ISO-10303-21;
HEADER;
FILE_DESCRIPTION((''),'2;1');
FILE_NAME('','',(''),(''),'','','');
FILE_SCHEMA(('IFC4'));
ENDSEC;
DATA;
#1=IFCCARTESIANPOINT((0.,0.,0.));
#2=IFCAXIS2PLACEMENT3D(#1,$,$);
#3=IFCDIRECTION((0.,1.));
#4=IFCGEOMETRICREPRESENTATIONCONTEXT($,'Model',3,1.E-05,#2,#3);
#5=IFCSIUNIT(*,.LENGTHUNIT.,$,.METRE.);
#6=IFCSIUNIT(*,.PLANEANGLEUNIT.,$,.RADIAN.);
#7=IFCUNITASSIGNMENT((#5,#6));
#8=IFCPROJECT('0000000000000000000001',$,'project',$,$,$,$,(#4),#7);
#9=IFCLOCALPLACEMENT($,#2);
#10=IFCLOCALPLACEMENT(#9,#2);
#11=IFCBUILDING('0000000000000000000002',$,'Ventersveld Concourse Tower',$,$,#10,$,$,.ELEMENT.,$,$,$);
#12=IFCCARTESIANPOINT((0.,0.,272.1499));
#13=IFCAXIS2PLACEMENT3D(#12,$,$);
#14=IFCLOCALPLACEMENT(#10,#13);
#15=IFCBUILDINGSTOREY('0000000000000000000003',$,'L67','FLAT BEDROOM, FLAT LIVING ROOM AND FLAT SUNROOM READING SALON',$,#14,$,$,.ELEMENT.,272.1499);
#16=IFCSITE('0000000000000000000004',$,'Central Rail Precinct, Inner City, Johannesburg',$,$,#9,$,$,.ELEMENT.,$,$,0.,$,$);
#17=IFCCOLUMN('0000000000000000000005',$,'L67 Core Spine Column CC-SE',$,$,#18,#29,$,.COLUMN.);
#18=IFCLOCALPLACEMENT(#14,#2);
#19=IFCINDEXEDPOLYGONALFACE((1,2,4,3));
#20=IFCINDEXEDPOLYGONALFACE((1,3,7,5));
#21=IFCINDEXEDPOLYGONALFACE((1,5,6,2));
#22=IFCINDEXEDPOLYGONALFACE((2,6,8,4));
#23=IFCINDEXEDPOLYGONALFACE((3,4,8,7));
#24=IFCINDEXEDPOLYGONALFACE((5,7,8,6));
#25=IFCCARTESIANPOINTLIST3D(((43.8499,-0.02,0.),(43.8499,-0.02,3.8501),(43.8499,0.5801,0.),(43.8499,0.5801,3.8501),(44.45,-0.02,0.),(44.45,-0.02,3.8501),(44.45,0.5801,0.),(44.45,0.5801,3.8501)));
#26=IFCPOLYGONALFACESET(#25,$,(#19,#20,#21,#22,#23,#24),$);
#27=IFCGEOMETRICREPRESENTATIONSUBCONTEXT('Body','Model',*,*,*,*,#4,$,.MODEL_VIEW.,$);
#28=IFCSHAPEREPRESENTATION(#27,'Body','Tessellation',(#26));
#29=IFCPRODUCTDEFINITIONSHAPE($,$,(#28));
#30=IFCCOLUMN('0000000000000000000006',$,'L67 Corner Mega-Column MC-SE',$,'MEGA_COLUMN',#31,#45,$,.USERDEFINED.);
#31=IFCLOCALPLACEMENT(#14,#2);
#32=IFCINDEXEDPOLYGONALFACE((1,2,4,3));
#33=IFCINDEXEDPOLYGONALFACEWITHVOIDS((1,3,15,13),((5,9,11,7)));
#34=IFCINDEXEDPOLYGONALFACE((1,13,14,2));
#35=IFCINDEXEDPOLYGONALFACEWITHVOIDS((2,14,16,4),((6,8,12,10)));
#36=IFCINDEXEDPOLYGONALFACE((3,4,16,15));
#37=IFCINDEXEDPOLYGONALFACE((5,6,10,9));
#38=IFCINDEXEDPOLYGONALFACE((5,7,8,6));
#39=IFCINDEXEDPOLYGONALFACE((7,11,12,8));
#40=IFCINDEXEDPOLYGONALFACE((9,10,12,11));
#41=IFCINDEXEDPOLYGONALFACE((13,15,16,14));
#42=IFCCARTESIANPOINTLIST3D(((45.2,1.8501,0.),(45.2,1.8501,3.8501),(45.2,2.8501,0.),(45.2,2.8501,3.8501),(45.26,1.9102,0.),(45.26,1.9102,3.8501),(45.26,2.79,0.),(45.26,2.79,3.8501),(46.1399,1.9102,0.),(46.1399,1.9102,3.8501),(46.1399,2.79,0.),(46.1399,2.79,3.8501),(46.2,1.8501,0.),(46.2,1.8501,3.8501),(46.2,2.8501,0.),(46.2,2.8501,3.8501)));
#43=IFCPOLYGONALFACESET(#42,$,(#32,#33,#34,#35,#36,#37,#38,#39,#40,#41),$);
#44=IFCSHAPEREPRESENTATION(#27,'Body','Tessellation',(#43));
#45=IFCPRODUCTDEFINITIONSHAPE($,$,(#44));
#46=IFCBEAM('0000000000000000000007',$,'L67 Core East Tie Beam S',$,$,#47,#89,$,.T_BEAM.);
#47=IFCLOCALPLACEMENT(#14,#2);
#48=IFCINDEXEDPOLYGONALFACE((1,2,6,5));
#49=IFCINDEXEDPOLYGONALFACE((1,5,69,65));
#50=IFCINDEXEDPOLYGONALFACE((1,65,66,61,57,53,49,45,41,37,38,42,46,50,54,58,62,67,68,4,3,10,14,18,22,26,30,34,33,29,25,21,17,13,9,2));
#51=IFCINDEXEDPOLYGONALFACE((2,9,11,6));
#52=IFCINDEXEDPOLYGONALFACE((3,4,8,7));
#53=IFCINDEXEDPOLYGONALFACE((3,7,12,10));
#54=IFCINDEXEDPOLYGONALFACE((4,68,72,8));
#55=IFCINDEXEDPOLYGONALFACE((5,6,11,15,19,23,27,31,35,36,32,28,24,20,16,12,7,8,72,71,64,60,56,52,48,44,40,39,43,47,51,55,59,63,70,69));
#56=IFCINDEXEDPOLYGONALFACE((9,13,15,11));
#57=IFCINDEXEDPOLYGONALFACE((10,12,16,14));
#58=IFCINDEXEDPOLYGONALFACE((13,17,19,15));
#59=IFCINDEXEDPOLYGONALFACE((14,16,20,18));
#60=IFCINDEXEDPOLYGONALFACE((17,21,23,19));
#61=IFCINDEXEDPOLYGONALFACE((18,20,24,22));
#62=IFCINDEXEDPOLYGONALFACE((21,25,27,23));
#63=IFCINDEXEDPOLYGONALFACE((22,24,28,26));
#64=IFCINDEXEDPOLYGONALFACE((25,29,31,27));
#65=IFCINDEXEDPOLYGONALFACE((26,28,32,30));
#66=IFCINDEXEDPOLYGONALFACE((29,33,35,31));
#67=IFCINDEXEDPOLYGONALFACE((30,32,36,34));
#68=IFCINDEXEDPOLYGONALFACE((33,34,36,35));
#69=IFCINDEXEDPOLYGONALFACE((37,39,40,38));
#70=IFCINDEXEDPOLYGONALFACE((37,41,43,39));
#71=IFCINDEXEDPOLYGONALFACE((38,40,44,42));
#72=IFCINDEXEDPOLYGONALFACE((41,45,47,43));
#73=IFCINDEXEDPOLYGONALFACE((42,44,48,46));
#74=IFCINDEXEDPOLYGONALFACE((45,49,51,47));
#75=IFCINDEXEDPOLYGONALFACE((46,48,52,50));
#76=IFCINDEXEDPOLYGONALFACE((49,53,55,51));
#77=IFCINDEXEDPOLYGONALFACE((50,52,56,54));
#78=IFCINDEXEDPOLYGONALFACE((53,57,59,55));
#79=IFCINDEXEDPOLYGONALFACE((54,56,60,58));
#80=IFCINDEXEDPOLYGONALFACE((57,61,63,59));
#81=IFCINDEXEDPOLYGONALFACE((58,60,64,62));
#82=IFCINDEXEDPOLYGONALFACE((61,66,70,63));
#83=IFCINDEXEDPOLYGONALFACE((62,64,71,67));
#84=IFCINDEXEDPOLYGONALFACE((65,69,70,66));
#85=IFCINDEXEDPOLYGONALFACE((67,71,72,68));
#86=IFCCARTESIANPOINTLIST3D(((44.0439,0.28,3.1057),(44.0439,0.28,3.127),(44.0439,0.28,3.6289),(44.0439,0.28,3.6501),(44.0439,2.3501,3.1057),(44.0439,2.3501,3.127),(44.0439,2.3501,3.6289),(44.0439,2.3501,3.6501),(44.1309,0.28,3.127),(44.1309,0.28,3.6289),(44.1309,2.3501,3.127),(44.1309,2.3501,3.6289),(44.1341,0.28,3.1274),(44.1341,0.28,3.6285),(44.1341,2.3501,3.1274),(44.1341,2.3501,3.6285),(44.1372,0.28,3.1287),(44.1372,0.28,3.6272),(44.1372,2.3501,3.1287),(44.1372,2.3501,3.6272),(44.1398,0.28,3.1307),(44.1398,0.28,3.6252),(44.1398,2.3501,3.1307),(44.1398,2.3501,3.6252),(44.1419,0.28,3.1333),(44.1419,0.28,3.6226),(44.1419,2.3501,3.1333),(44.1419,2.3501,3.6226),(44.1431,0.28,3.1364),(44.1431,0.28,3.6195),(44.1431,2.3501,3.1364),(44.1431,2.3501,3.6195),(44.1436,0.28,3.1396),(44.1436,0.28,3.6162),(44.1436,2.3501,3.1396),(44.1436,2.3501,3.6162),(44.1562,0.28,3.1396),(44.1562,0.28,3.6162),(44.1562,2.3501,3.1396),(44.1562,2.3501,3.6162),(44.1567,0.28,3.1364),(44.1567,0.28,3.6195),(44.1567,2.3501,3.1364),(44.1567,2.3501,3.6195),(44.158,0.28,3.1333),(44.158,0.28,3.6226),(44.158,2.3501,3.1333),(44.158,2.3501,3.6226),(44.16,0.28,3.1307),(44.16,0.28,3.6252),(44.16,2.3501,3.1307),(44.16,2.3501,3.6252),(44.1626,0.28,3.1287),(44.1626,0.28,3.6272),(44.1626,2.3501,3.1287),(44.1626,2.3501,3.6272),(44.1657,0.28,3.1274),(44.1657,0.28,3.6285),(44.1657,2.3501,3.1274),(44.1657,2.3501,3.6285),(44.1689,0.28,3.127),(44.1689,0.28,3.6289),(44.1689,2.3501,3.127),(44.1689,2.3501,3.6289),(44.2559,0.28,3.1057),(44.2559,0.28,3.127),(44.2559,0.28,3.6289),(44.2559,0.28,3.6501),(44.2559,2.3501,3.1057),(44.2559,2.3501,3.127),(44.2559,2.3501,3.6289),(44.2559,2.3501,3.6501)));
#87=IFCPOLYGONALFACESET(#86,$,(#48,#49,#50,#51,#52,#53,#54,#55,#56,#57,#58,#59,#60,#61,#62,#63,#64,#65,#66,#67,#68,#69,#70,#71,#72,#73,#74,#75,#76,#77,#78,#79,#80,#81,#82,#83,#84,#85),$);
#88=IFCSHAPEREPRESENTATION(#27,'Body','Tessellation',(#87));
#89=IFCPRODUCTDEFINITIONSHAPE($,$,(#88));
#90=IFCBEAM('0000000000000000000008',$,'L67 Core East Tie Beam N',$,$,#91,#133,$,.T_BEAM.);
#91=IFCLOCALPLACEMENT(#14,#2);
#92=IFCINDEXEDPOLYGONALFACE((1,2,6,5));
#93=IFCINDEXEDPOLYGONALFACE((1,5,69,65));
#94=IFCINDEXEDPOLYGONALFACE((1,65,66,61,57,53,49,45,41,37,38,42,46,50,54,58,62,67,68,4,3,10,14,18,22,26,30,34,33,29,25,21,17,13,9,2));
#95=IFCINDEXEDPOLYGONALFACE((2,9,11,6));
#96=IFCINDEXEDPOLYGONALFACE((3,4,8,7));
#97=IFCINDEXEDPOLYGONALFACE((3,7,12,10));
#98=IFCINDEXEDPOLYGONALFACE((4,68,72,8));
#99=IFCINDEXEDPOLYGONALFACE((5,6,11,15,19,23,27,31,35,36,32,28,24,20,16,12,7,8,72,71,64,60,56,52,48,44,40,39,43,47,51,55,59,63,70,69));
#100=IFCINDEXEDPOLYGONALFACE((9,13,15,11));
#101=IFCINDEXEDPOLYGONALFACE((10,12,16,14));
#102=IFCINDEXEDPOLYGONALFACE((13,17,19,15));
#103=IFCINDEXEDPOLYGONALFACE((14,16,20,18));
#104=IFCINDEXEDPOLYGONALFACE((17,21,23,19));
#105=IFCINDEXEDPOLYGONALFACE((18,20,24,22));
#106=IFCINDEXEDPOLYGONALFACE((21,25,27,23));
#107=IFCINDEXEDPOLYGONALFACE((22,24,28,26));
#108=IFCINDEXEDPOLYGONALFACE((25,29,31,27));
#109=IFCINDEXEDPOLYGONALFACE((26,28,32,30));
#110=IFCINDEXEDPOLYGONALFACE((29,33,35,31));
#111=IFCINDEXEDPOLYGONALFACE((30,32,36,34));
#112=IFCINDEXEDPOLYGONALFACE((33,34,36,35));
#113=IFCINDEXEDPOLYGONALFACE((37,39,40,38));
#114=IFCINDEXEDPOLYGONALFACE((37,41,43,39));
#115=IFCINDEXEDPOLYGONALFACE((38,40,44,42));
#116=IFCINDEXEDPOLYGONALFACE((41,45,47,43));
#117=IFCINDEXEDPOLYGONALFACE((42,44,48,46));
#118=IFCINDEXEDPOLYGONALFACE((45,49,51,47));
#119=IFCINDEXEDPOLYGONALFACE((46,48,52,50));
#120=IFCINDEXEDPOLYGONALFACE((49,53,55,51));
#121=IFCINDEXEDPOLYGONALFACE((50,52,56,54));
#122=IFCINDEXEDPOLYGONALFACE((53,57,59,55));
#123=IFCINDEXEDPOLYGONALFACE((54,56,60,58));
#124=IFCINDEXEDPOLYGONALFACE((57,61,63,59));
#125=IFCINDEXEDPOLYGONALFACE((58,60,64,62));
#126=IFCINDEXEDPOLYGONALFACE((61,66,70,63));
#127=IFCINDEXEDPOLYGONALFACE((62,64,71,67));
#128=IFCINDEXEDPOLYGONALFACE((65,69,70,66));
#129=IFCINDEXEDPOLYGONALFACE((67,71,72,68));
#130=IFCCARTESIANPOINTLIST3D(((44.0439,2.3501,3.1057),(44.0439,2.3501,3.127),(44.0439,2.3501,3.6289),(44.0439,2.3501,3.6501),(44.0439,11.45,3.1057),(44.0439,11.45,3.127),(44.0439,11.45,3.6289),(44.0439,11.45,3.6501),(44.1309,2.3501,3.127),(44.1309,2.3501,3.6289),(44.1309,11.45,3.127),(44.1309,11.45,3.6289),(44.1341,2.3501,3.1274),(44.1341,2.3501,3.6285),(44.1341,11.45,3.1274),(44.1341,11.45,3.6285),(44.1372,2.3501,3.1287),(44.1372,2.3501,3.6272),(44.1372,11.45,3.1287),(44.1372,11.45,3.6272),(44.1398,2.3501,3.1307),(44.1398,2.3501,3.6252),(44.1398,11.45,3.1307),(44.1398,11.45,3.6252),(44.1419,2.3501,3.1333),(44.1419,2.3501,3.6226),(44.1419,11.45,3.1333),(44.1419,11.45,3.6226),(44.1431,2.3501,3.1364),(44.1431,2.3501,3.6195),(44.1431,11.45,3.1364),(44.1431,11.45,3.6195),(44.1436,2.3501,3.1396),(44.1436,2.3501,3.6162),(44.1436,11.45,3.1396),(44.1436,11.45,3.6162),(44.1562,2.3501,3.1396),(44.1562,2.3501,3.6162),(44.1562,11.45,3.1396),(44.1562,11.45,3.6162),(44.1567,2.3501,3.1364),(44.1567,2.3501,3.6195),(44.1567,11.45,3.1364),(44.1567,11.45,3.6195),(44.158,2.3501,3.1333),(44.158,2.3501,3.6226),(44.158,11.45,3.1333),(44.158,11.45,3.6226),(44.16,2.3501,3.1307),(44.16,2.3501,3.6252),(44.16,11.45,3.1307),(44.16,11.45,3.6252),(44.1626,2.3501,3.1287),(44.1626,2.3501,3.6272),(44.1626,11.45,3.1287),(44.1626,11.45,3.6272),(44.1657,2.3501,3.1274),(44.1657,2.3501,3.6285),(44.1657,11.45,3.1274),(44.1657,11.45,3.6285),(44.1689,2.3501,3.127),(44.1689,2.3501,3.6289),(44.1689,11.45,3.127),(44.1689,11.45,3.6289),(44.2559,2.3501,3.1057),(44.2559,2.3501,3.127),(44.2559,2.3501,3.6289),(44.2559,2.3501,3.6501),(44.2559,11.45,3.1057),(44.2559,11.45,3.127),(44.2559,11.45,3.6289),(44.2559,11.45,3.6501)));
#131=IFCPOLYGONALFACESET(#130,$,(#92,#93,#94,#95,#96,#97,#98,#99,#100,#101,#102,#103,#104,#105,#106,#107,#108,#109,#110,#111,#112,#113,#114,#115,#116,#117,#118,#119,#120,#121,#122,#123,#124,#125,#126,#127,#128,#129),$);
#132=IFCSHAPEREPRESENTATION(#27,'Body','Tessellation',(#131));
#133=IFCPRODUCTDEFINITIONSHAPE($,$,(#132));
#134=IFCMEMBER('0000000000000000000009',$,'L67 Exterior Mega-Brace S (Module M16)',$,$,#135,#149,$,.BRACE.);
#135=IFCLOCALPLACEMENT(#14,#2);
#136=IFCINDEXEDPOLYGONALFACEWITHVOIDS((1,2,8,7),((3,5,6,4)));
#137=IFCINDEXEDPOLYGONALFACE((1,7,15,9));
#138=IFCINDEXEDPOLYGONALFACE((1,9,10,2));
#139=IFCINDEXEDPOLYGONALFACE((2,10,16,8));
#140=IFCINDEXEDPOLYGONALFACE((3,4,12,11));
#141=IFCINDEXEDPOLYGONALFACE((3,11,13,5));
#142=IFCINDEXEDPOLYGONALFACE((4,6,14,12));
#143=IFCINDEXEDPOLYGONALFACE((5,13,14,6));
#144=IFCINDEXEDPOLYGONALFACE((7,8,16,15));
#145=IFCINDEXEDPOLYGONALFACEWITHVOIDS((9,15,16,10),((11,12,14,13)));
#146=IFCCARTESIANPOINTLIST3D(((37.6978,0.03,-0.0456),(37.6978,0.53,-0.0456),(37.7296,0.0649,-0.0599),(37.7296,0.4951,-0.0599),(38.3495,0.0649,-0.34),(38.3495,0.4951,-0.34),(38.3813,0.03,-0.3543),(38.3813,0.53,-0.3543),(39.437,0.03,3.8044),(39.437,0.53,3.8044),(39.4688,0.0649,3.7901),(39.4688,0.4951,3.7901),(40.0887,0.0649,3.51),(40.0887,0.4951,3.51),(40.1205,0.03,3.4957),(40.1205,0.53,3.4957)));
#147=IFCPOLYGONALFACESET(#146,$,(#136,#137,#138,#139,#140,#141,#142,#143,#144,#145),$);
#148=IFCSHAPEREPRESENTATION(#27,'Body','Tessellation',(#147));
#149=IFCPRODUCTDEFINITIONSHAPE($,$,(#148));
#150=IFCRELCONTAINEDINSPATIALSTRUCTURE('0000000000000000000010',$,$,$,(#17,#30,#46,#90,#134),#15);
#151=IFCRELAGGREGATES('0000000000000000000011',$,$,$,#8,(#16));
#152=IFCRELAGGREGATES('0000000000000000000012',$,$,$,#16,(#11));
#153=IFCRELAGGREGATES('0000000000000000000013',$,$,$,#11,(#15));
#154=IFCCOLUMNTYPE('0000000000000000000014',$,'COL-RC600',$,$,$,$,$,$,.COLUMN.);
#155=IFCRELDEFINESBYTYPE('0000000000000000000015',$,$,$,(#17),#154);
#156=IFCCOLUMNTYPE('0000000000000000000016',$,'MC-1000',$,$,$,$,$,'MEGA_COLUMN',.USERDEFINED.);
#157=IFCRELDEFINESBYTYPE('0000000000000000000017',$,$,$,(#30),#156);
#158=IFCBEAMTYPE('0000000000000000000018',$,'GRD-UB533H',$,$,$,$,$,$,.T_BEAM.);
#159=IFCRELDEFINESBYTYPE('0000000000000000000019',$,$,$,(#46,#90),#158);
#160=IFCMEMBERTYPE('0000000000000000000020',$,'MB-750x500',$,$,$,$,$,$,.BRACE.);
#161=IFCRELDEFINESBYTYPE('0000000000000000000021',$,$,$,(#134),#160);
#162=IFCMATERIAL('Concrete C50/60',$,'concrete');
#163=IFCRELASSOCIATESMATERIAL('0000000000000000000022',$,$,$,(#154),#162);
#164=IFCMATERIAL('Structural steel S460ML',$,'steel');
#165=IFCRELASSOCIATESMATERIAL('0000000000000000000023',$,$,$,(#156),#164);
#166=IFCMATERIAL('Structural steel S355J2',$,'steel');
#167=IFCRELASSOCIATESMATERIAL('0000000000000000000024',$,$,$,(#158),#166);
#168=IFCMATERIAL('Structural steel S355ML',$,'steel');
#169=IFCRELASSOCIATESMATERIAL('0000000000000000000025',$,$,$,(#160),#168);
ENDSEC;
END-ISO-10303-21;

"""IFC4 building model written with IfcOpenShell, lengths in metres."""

from ifc_helpers import new_model, si_unit, direction, frame, origin, origin_2d, place, context, subcontext, project, spatial, rectangle, hollow_rectangle, i_section, extrude, material, material_profile, profile_set, type_object, element, save


model = new_model("IFC4")

# Units and contexts
model_context = context("Model", 3, precision=1e-05, world=origin(), true_north=direction((0.0, 1.0)))
body_context = subcontext(model_context, "Body", "Model", "MODEL_VIEW")
ifc_project = project(units=[si_unit("LENGTHUNIT", "METRE"), si_unit("PLANEANGLEUNIT", "RADIAN")], contexts=[model_context])

# Site, building, storey
site_placement = place(None, origin())
site = spatial("IfcSite", under=ifc_project, at=site_placement, Name="Central Rail Precinct, Inner City, Johannesburg", CompositionType="ELEMENT", RefElevation=0.0)
building_placement = place(site_placement, origin())
building = spatial("IfcBuilding", under=site, at=building_placement, Name="Ventersveld Concourse Tower", CompositionType="ELEMENT")
storey_placement = place(building_placement, frame((0.0, 0.0, 272.1499)))
storey = spatial("IfcBuildingStorey", under=building, at=storey_placement, Name="L67", Description="FLAT BEDROOM, FLAT LIVING ROOM AND FLAT SUNROOM READING SALON", CompositionType="ELEMENT", Elevation=272.1499)

# Columns
ifc_material_1 = material(Name="Concrete C50/60", Category="concrete")
ifc_material_profile_1 = material_profile(ifc_material_1, rectangle(XDim=0.6001, YDim=0.6001, at=origin_2d()), Name="RC 600x600")
ifc_profile_set_1 = profile_set([ifc_material_profile_1], Name="Concrete C50/60")
column_type_1 = type_object("IfcColumnType", Name="COL-RC600", PredefinedType="COLUMN", material=ifc_profile_set_1)
column_1_placement = place(storey_placement, frame((44.1499, 0.28, 0.0), z_axis=(0.0, 0.0, 1.0), x_axis=(1.0, 0.0, 0.0)))
element("IfcColumn", 1, at=column_1_placement, inside=storey, type_object=column_type_1, Name="L67 Core Spine Column CC-SE", PredefinedType="COLUMN", context=body_context, shape_type="SweptSolid", body=[
    extrude(rectangle(XDim=0.6001, YDim=0.6001, at=origin_2d()), origin(), (0.0, 0.0, 1.0), 3.8501),
])
ifc_material_2 = material(Name="Structural steel S460ML", Category="steel")
ifc_material_profile_2 = material_profile(ifc_material_2, hollow_rectangle(XDim=1.0, YDim=1.0, WallThickness=0.0601, at=origin_2d()), Name="BOX 1000x1000x60")
ifc_profile_set_2 = profile_set([ifc_material_profile_2], Name="Structural steel S460ML")
column_type_2 = type_object("IfcColumnType", Name="MC-1000", ElementType="MEGA_COLUMN", PredefinedType="USERDEFINED", material=ifc_profile_set_2)
column_2_placement = place(storey_placement, frame((45.7, 2.3501, 0.0), z_axis=(0.0, 0.0, 1.0), x_axis=(1.0, 0.0, 0.0)))
element("IfcColumn", 2, at=column_2_placement, inside=storey, type_object=column_type_2, Name="L67 Corner Mega-Column MC-SE", ObjectType="MEGA_COLUMN", PredefinedType="USERDEFINED", context=body_context, shape_type="SweptSolid", body=[
    extrude(hollow_rectangle(XDim=1.0, YDim=1.0, WallThickness=0.0601, at=origin_2d()), origin(), (0.0, 0.0, 1.0), 3.8501),
])

# Beams
ifc_material_3 = material(Name="Structural steel S355J2", Category="steel")
ifc_material_profile_3 = material_profile(ifc_material_3, i_section(OverallWidth=0.2119, OverallDepth=0.5444, WebThickness=0.0127, FlangeThickness=0.0212, FilletRadius=0.0127, at=origin_2d()), Name="UB 533x210x122")
ifc_profile_set_3 = profile_set([ifc_material_profile_3], Name="Structural steel S355J2")
beam_type_1 = type_object("IfcBeamType", Name="GRD-UB533H", PredefinedType="T_BEAM", material=ifc_profile_set_3)
beam_1_placement = place(storey_placement, frame((44.1499, 0.28, 3.3779), z_axis=(0.0, 1.0, 0.0), x_axis=(-1.0, 0.0, 0.0)))
element("IfcBeam", 3, at=beam_1_placement, inside=storey, type_object=beam_type_1, Name="L67 Core East Tie Beam S", PredefinedType="T_BEAM", context=body_context, shape_type="SweptSolid", body=[
    extrude(i_section(OverallWidth=0.2119, OverallDepth=0.5444, WebThickness=0.0127, FlangeThickness=0.0212, FilletRadius=0.0127, at=origin_2d()), origin(), (0.0, 0.0, 1.0), 2.0701),
])
beam_2_placement = place(storey_placement, frame((44.1499, 2.3501, 3.3779), z_axis=(0.0, 1.0, 0.0), x_axis=(-1.0, 0.0, 0.0)))
element("IfcBeam", 4, at=beam_2_placement, inside=storey, type_object=beam_type_1, Name="L67 Core East Tie Beam N", PredefinedType="T_BEAM", context=body_context, shape_type="SweptSolid", body=[
    extrude(i_section(OverallWidth=0.2119, OverallDepth=0.5444, WebThickness=0.0127, FlangeThickness=0.0212, FilletRadius=0.0127, at=origin_2d()), origin(), (0.0, 0.0, 1.0), 9.0999),
])

# Member
ifc_material_4 = material(Name="Structural steel S355ML", Category="steel")
ifc_material_profile_4 = material_profile(ifc_material_4, hollow_rectangle(XDim=0.5, YDim=0.75, WallThickness=0.0349, at=origin_2d()), Name="BOX 750x500x35")
ifc_profile_set_4 = profile_set([ifc_material_profile_4], Name="Structural steel S355ML")
member_type = type_object("IfcMemberType", Name="MB-750x500", PredefinedType="BRACE", material=ifc_profile_set_4)
member_placement = place(storey_placement, frame((38.0396, 0.28, -0.2), z_axis=(0.411686, 0.0, 0.911326), x_axis=(0.0, 1.0, 0.0)))
element("IfcMember", 5, at=member_placement, inside=storey, type_object=member_type, Name="L67 Exterior Mega-Brace S (Module M16)", PredefinedType="BRACE", context=body_context, shape_type="SweptSolid", body=[
    extrude(hollow_rectangle(XDim=0.5, YDim=0.75, WallThickness=0.0349, at=origin_2d()), origin(), (0.0, 0.0, 1.0), 4.2246),
])

save(model, "model.ifc")
